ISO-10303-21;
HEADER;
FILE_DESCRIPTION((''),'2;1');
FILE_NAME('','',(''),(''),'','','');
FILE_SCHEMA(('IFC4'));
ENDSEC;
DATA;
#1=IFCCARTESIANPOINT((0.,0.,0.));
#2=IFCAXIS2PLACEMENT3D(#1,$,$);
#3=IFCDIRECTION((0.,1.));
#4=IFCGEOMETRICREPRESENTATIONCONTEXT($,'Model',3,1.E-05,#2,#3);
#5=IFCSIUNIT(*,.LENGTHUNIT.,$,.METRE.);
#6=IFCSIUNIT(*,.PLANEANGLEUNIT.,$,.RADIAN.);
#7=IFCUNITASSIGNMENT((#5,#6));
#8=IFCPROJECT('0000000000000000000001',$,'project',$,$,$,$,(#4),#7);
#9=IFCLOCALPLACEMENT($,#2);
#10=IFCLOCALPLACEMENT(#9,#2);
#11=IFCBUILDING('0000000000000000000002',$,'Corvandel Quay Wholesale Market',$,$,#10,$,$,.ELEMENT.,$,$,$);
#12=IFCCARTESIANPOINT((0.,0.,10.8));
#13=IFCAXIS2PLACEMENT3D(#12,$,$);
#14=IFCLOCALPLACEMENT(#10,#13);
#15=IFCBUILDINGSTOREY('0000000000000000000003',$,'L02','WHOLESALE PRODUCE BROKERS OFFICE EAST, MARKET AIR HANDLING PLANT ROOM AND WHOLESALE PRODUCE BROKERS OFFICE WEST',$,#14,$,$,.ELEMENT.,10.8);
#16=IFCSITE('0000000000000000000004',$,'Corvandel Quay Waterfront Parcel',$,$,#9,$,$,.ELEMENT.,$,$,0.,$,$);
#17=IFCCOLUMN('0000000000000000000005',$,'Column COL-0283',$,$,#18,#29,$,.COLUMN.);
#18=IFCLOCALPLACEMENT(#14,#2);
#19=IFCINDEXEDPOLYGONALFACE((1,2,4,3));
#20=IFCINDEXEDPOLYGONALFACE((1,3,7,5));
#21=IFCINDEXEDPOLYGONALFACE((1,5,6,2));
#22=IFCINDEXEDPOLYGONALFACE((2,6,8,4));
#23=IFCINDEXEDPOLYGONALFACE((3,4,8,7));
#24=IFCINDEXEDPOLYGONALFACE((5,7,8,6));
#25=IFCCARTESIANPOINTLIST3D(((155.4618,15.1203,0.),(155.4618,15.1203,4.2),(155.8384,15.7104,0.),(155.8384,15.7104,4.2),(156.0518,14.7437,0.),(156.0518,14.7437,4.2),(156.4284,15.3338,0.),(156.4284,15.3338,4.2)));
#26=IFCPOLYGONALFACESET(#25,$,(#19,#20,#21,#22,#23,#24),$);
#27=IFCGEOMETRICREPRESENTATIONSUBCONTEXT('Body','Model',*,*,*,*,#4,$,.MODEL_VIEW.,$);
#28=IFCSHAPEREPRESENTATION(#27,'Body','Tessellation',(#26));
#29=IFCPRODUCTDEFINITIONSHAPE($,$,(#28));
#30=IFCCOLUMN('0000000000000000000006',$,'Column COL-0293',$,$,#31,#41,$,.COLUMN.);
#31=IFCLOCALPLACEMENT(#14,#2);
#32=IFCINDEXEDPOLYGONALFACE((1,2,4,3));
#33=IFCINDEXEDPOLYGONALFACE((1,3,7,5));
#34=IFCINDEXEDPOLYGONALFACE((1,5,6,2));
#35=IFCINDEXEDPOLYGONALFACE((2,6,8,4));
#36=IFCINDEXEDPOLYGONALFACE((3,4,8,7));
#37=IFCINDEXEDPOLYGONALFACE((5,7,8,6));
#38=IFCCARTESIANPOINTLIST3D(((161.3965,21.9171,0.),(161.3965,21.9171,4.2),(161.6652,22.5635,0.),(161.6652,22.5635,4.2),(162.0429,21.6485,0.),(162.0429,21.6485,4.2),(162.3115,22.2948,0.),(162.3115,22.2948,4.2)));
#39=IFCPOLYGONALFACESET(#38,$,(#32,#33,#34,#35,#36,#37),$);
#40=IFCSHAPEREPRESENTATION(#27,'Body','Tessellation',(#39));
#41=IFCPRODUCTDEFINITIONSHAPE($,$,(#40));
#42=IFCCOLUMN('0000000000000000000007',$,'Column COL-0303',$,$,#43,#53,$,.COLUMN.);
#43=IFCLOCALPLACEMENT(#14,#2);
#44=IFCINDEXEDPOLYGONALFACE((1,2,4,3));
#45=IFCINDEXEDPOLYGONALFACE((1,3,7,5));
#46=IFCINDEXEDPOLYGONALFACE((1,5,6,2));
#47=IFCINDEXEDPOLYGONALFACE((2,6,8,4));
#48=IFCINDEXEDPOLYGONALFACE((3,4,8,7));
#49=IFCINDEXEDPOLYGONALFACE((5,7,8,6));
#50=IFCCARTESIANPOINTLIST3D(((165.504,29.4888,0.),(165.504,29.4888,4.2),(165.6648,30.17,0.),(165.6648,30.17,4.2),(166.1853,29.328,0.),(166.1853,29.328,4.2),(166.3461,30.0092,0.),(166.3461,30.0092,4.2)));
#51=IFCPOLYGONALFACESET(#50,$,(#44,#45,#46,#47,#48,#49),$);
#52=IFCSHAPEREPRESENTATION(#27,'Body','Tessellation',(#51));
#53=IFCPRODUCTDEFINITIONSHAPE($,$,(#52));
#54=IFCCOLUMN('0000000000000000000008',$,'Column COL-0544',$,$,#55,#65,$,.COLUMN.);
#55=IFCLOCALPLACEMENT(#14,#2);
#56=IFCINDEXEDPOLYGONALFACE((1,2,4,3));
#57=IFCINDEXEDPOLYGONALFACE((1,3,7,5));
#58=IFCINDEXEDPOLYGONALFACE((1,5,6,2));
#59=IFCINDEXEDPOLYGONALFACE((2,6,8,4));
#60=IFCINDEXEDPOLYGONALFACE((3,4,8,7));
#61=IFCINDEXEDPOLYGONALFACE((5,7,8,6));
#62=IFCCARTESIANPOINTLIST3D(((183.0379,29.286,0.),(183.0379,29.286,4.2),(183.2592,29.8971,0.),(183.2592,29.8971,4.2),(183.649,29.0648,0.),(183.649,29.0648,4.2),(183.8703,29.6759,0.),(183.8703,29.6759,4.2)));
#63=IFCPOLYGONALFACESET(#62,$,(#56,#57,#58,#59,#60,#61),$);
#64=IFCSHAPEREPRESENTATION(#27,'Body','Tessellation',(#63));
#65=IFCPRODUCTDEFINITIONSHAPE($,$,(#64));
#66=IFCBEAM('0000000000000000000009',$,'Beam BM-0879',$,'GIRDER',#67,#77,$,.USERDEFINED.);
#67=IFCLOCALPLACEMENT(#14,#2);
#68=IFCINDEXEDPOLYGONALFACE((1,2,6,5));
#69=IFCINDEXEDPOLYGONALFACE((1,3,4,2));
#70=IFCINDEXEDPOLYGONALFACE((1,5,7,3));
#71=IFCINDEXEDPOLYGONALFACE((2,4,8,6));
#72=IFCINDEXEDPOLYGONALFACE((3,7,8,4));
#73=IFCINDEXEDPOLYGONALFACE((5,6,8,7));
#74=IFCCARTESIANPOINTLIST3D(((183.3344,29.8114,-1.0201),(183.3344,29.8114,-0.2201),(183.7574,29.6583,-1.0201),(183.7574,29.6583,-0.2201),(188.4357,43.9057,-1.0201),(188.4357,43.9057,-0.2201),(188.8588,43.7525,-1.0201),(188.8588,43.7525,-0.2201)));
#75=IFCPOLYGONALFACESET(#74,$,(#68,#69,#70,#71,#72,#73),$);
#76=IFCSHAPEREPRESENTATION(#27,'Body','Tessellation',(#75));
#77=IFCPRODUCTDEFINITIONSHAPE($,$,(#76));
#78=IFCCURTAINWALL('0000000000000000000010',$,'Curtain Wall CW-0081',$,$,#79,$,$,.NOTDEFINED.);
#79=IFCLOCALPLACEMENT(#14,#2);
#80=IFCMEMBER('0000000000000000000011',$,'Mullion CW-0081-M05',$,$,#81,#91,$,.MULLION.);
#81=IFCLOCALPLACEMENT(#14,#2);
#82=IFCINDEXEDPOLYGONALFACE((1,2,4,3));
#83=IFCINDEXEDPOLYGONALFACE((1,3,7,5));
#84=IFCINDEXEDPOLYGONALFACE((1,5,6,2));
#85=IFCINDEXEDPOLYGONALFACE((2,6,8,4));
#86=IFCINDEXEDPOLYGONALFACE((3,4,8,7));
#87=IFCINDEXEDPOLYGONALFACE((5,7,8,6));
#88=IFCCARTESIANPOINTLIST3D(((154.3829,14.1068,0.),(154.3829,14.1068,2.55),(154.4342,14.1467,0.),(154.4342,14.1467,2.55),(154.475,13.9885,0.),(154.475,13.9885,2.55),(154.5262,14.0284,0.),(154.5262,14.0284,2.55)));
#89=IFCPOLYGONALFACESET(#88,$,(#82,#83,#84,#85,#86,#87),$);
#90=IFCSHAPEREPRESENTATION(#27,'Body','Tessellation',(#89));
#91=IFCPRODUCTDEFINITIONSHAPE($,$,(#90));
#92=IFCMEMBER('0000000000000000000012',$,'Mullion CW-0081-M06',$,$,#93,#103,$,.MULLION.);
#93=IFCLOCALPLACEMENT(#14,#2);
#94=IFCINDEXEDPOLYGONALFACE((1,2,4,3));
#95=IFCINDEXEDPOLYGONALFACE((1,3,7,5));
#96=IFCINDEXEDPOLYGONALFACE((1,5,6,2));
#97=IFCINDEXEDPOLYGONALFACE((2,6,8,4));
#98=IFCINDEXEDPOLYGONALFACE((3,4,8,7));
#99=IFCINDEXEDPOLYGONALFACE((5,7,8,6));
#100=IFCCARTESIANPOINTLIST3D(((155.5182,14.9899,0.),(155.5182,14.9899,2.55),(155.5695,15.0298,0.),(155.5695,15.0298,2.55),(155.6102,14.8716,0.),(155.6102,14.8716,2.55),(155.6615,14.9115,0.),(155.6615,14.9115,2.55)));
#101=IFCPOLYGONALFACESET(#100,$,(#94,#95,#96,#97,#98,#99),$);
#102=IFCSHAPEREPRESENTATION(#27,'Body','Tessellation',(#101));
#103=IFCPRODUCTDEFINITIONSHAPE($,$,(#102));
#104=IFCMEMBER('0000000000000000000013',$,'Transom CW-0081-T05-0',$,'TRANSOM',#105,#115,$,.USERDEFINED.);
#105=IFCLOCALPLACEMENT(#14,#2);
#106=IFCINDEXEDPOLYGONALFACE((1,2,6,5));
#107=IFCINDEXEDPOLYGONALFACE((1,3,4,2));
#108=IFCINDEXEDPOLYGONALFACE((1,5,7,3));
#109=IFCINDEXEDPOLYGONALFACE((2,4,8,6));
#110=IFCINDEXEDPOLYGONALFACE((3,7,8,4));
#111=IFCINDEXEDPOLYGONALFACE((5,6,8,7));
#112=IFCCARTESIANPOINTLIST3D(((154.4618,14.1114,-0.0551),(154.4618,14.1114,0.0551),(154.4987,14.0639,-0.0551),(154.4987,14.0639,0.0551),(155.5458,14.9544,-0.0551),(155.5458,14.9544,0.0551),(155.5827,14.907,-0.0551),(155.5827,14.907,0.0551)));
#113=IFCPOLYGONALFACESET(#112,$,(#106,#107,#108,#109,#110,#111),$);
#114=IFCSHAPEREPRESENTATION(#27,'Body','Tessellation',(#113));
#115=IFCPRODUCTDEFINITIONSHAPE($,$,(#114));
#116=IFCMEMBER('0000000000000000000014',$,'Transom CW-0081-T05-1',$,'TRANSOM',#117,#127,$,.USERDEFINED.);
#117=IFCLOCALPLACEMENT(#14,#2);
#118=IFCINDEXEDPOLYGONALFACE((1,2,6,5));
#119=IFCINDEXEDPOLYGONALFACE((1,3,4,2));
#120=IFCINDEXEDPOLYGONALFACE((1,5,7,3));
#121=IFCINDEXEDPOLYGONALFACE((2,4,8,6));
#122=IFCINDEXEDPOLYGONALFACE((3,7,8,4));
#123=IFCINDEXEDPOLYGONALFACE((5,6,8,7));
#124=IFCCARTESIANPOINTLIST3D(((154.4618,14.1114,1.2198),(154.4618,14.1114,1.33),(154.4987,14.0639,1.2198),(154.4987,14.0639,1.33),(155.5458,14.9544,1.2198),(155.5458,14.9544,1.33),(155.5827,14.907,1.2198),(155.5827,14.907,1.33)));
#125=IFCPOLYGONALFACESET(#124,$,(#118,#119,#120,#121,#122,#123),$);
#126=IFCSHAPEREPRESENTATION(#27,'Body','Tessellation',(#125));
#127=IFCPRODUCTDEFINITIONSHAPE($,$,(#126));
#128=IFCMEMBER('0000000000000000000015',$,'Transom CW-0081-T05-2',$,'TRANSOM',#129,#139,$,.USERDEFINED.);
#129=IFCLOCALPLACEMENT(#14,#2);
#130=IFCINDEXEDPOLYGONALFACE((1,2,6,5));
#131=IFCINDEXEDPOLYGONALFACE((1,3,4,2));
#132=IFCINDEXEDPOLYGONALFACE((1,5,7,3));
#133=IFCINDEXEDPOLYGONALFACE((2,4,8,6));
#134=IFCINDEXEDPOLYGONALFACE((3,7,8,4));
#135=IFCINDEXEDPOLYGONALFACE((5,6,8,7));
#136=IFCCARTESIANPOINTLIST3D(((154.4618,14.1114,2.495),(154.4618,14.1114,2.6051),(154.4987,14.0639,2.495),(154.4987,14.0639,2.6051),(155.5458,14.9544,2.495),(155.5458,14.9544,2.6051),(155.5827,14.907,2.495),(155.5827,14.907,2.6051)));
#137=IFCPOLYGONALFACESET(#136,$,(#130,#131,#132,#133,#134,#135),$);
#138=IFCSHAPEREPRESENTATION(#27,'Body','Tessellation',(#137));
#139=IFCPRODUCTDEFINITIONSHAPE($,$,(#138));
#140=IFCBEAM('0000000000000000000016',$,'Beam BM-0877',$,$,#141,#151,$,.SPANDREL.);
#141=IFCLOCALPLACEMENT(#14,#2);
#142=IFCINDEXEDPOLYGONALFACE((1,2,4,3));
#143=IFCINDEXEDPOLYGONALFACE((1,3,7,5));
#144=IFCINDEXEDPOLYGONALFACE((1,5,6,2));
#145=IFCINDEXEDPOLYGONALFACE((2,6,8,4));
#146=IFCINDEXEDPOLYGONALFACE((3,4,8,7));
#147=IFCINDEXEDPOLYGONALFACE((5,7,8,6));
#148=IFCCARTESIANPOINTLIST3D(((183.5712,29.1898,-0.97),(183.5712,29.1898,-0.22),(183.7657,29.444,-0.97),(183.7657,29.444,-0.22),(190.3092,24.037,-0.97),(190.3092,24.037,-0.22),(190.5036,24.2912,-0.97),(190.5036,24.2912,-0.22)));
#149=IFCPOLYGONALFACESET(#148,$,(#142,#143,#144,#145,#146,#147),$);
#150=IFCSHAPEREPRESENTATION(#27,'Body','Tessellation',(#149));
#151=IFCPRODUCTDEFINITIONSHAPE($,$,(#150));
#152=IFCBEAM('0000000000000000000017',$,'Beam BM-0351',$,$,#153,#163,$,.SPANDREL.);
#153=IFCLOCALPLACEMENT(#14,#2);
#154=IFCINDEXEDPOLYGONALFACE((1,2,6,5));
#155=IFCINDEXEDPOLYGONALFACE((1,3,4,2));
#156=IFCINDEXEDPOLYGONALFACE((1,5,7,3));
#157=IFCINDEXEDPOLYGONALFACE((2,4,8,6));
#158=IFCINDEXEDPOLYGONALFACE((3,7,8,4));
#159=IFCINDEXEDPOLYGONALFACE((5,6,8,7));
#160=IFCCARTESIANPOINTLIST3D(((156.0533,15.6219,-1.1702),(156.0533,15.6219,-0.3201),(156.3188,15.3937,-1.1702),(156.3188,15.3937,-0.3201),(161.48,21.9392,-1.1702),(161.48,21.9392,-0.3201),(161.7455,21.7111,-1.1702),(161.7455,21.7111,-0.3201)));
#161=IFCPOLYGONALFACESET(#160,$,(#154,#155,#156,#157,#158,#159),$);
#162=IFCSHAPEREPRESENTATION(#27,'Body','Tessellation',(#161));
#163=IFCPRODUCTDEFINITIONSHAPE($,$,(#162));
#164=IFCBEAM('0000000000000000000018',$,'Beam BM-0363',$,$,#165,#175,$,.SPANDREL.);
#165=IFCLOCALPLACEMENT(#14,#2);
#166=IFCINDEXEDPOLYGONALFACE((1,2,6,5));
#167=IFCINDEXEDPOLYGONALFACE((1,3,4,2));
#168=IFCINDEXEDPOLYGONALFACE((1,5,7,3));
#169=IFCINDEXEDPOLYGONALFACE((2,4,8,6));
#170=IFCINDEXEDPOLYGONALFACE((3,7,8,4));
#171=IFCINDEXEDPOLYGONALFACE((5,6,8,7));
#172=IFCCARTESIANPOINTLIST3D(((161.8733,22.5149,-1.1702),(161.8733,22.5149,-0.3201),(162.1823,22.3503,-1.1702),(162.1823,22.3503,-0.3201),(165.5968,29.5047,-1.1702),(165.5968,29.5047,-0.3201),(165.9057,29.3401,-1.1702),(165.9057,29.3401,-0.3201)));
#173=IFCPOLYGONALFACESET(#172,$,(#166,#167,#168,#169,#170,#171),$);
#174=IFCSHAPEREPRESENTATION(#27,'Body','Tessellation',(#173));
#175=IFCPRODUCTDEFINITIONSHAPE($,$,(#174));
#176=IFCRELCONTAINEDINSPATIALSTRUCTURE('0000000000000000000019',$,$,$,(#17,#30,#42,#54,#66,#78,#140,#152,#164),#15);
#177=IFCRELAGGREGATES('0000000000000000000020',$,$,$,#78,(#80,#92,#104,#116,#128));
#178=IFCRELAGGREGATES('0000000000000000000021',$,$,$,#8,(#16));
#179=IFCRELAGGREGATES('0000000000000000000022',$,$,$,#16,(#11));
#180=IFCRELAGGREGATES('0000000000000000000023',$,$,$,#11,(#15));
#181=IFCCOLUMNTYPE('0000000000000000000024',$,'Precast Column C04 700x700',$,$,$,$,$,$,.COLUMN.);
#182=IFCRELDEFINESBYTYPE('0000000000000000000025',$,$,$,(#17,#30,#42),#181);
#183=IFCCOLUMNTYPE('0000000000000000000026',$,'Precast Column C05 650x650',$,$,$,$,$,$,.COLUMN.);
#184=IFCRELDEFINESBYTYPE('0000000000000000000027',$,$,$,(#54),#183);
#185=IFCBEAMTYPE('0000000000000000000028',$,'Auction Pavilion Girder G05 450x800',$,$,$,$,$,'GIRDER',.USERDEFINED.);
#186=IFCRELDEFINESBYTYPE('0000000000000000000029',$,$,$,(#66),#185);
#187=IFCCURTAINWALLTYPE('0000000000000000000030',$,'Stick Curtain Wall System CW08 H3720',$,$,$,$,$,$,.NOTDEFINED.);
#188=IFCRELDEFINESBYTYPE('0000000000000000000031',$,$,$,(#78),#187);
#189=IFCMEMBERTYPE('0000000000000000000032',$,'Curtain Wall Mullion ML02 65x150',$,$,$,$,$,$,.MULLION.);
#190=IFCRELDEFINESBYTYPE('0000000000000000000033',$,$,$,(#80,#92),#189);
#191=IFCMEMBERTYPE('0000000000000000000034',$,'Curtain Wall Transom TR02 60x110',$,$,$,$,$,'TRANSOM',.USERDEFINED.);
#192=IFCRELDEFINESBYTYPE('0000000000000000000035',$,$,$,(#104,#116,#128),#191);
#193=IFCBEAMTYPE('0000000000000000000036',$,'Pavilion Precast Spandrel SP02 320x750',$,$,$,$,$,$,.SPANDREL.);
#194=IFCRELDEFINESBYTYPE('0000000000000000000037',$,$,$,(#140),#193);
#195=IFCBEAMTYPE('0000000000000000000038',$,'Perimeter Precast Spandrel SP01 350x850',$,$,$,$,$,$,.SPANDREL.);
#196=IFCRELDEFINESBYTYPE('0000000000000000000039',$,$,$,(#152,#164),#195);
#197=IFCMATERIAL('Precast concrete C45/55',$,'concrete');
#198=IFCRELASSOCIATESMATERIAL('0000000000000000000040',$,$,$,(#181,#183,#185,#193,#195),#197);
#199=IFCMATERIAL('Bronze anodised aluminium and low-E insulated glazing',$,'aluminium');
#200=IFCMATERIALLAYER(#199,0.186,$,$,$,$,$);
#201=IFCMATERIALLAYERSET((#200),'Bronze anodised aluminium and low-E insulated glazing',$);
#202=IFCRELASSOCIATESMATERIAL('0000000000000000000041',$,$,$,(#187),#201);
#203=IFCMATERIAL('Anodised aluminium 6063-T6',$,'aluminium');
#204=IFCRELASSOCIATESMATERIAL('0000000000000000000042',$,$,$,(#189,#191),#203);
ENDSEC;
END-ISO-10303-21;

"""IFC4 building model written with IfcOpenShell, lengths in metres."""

from ifc_helpers import new_model, si_unit, direction, frame, origin, origin_2d, place, context, subcontext, project, spatial, rectangle, extrude, material, layer, layer_set, material_profile, profile_set, type_object, element, aggregate, save


model = new_model("IFC4")

# Units and contexts
model_context = context("Model", 3, precision=1e-05, world=origin(), true_north=direction((0.0, 1.0)))
body_context = subcontext(model_context, "Body", "Model", "MODEL_VIEW")
ifc_project = project(units=[si_unit("LENGTHUNIT", "METRE"), si_unit("PLANEANGLEUNIT", "RADIAN")], contexts=[model_context])

# Site, building, storey
site_placement = place(None, origin())
site = spatial("IfcSite", under=ifc_project, at=site_placement, Name="Corvandel Quay Waterfront Parcel", CompositionType="ELEMENT", RefElevation=0.0)
building_placement = place(site_placement, origin())
building = spatial("IfcBuilding", under=site, at=building_placement, Name="Corvandel Quay Wholesale Market", CompositionType="ELEMENT")
storey_placement = place(building_placement, frame((0.0, 0.0, 10.8)))
storey = spatial("IfcBuildingStorey", under=building, at=storey_placement, Name="L02", Description="WHOLESALE PRODUCE BROKERS OFFICE EAST, MARKET AIR HANDLING PLANT ROOM AND WHOLESALE PRODUCE BROKERS OFFICE WEST", CompositionType="ELEMENT", Elevation=10.8)

# Columns
ifc_material_1 = material(Name="Precast concrete C45/55", Category="concrete")
ifc_material_profile_1 = material_profile(ifc_material_1, rectangle(XDim=0.7, YDim=0.7, at=origin_2d()), Name="PC-COL-700x700")
ifc_profile_set_1 = profile_set([ifc_material_profile_1], Name="Precast concrete C45/55")
column_type_1 = type_object("IfcColumnType", Name="Precast Column C04 700x700", PredefinedType="COLUMN", material=ifc_profile_set_1)
for number, where, z_axis, x_axis, name in (
    (1, (155.9451, 15.2271, 0.0), (0.0, 0.0, 1.0), (0.538035, 0.842922, 0.0), "Column COL-0283"),
    (2, (161.854, 22.106, 0.0), (0.0, 0.0, 1.0), (0.383812, 0.923411, 0.0), "Column COL-0293"),
    (3, (165.925, 29.749, 0.0), (0.0, 0.0, 1.0), (0.22971, 0.973259, 0.0), "Column COL-0303"),
):
    element("IfcColumn", number, at=place(storey_placement, frame(where, z_axis=z_axis, x_axis=x_axis)), inside=storey, type_object=column_type_1, Name=name, PredefinedType="COLUMN", context=body_context, shape_type="SweptSolid", body=[
        extrude(rectangle(XDim=0.7, YDim=0.7, at=origin_2d()), origin(), (0.0, 0.0, 1.0), 4.2),
    ])
ifc_material_profile_2 = material_profile(ifc_material_1, rectangle(XDim=0.6499, YDim=0.6499, at=origin_2d()), Name="PC-COL-650x650")
ifc_profile_set_2 = profile_set([ifc_material_profile_2], Name="Precast concrete C45/55")
column_type_2 = type_object("IfcColumnType", Name="Precast Column C05 650x650", PredefinedType="COLUMN", material=ifc_profile_set_2)
column_placement = place(storey_placement, frame((183.4541, 29.481, 0.0), z_axis=(0.0, 0.0, 1.0), x_axis=(-0.940288, 0.34038, 0.0)))
element("IfcColumn", 4, at=column_placement, inside=storey, type_object=column_type_2, Name="Column COL-0544", PredefinedType="COLUMN", context=body_context, shape_type="SweptSolid", body=[
    extrude(rectangle(XDim=0.6499, YDim=0.6499, at=origin_2d()), origin(), (0.0, 0.0, 1.0), 4.2),
])

# Beam
ifc_material_profile_3 = material_profile(ifc_material_1, rectangle(XDim=0.45, YDim=0.8, at=origin_2d()), Name="PC-GIR-450x800")
ifc_profile_set_3 = profile_set([ifc_material_profile_3], Name="Precast concrete C45/55")
beam_type_1 = type_object("IfcBeamType", Name="Auction Pavilion Girder G05 450x800", ElementType="GIRDER", PredefinedType="USERDEFINED", material=ifc_profile_set_3)
beam_1_placement = place(storey_placement, frame((183.5459, 29.7349, -0.6201), z_axis=(0.340337, 0.940304, 0.0), x_axis=(-0.940304, 0.340337, 0.0)))
element("IfcBeam", 5, at=beam_1_placement, inside=storey, type_object=beam_type_1, Name="Beam BM-0879", ObjectType="GIRDER", PredefinedType="USERDEFINED", context=body_context, shape_type="SweptSolid", body=[
    extrude(rectangle(XDim=0.45, YDim=0.8, at=origin_2d()), origin(), (0.0, 0.0, 1.0), 14.989),
])

# Curtain wall, members
ifc_material_2 = material(Name="Bronze anodised aluminium and low-E insulated glazing", Category="aluminium")
ifc_layer_1 = layer(ifc_material_2, 0.186)
ifc_layer_set_1 = layer_set([ifc_layer_1], Name="Bronze anodised aluminium and low-E insulated glazing")
curtain_wall_type = type_object("IfcCurtainWallType", Name="Stick Curtain Wall System CW08 H3720", PredefinedType="NOTDEFINED", material=ifc_layer_set_1)
curtain_wall_placement = place(storey_placement, origin())
curtain_wall = element("IfcCurtainWall", 6, at=curtain_wall_placement, inside=storey, type_object=curtain_wall_type, Name="Curtain Wall CW-0081", PredefinedType="NOTDEFINED")
ifc_material_3 = material(Name="Anodised aluminium 6063-T6", Category="aluminium")
ifc_material_profile_4 = material_profile(ifc_material_3, rectangle(XDim=0.0649, YDim=0.1499, at=origin_2d()), Name="ALU-MUL-65x150")
ifc_profile_set_4 = profile_set([ifc_material_profile_4], Name="Anodised aluminium 6063-T6")
member_type_1 = type_object("IfcMemberType", Name="Curtain Wall Mullion ML02 65x150", PredefinedType="MULLION", material=ifc_profile_set_4)
member_1_placement = place(storey_placement, frame((154.4546, 14.0676, 0.0), z_axis=(0.0, 0.0, 1.0), x_axis=(0.789298, 0.61401, 0.0)))
member_1 = element("IfcMember", 7, at=member_1_placement, type_object=member_type_1, Name="Mullion CW-0081-M05", PredefinedType="MULLION", context=body_context, shape_type="SweptSolid", body=[
    extrude(rectangle(XDim=0.0649, YDim=0.1499, at=origin_2d()), origin(), (0.0, 0.0, 1.0), 2.55),
])
member_2_placement = place(storey_placement, frame((155.5898, 14.9507, 0.0), z_axis=(0.0, 0.0, 1.0), x_axis=(0.789298, 0.61401, 0.0)))
member_2 = element("IfcMember", 8, at=member_2_placement, type_object=member_type_1, Name="Mullion CW-0081-M06", PredefinedType="MULLION", context=body_context, shape_type="SweptSolid", body=[
    extrude(rectangle(XDim=0.0649, YDim=0.1499, at=origin_2d()), origin(), (0.0, 0.0, 1.0), 2.55),
])
ifc_material_profile_5 = material_profile(ifc_material_3, rectangle(XDim=0.0601, YDim=0.1101, at=origin_2d()), Name="ALU-TRN-60x110")
ifc_profile_set_5 = profile_set([ifc_material_profile_5], Name="Anodised aluminium 6063-T6")
member_type_2 = type_object("IfcMemberType", Name="Curtain Wall Transom TR02 60x110", ElementType="TRANSOM", PredefinedType="USERDEFINED", material=ifc_profile_set_5)
member_3_placement = place(storey_placement, frame((154.4802, 14.0876, 0.0), z_axis=(0.789381, 0.613904, 0.0), x_axis=(-0.613904, 0.789381, 0.0)))
member_3 = element("IfcMember", 9, at=member_3_placement, type_object=member_type_2, Name="Transom CW-0081-T05-0", ObjectType="TRANSOM", PredefinedType="USERDEFINED", context=body_context, shape_type="SweptSolid", body=[
    extrude(rectangle(XDim=0.0601, YDim=0.1101, at=origin_2d()), origin(), (0.0, 0.0, 1.0), 1.3733),
])
member_4_placement = place(storey_placement, frame((154.4802, 14.0876, 1.2749), z_axis=(0.789381, 0.613904, 0.0), x_axis=(-0.613904, 0.789381, 0.0)))
member_4 = element("IfcMember", 10, at=member_4_placement, type_object=member_type_2, Name="Transom CW-0081-T05-1", ObjectType="TRANSOM", PredefinedType="USERDEFINED", context=body_context, shape_type="SweptSolid", body=[
    extrude(rectangle(XDim=0.0601, YDim=0.1101, at=origin_2d()), origin(), (0.0, 0.0, 1.0), 1.3733),
])
member_5_placement = place(storey_placement, frame((154.4802, 14.0876, 2.55), z_axis=(0.789381, 0.613904, 0.0), x_axis=(-0.613904, 0.789381, 0.0)))
member_5 = element("IfcMember", 11, at=member_5_placement, type_object=member_type_2, Name="Transom CW-0081-T05-2", ObjectType="TRANSOM", PredefinedType="USERDEFINED", context=body_context, shape_type="SweptSolid", body=[
    extrude(rectangle(XDim=0.0601, YDim=0.1101, at=origin_2d()), origin(), (0.0, 0.0, 1.0), 1.3733),
])

# Beams
ifc_material_profile_6 = material_profile(ifc_material_1, rectangle(XDim=0.3201, YDim=0.75, at=origin_2d()), Name="PC-SPN-320x750")
ifc_profile_set_6 = profile_set([ifc_material_profile_6], Name="Precast concrete C45/55")
beam_type_2 = type_object("IfcBeamType", Name="Pavilion Precast Spandrel SP02 320x750", PredefinedType="SPANDREL", material=ifc_profile_set_6)
beam_2_placement = place(storey_placement, frame((183.6685, 29.3169, -0.595), z_axis=(0.794346, -0.607466, 0.0), x_axis=(0.607466, 0.794346, 0.0)))
element("IfcBeam", 12, at=beam_2_placement, inside=storey, type_object=beam_type_2, Name="Beam BM-0877", PredefinedType="SPANDREL", context=body_context, shape_type="SweptSolid", body=[
    extrude(rectangle(XDim=0.3201, YDim=0.75, at=origin_2d()), origin(), (0.0, 0.0, 1.0), 8.4824),
])
ifc_material_profile_7 = material_profile(ifc_material_1, rectangle(XDim=0.3501, YDim=0.8501, at=origin_2d()), Name="PC-SPN-350x850")
ifc_profile_set_7 = profile_set([ifc_material_profile_7], Name="Precast concrete C45/55")
beam_type_3 = type_object("IfcBeamType", Name="Perimeter Precast Spandrel SP01 350x850", PredefinedType="SPANDREL", material=ifc_profile_set_7)
beam_3_placement = place(storey_placement, frame((156.186, 15.5078, -0.7451), z_axis=(0.651612, 0.758553, 0.0), x_axis=(-0.758553, 0.651612, 0.0)))
element("IfcBeam", 13, at=beam_3_placement, inside=storey, type_object=beam_type_3, Name="Beam BM-0351", PredefinedType="SPANDREL", context=body_context, shape_type="SweptSolid", body=[
    extrude(rectangle(XDim=0.3501, YDim=0.8501, at=origin_2d()), origin(), (0.0, 0.0, 1.0), 8.3281),
])
beam_4_placement = place(storey_placement, frame((162.0278, 22.4326, -0.7451), z_axis=(0.470148, 0.882588, 0.0), x_axis=(-0.882588, 0.470148, 0.0)))
element("IfcBeam", 14, at=beam_4_placement, inside=storey, type_object=beam_type_3, Name="Beam BM-0363", PredefinedType="SPANDREL", context=body_context, shape_type="SweptSolid", body=[
    extrude(rectangle(XDim=0.3501, YDim=0.8501, at=origin_2d()), origin(), (0.0, 0.0, 1.0), 7.9197),
])

aggregate(curtain_wall, [member_1, member_2, member_3, member_4, member_5])

save(model, "model.ifc")
